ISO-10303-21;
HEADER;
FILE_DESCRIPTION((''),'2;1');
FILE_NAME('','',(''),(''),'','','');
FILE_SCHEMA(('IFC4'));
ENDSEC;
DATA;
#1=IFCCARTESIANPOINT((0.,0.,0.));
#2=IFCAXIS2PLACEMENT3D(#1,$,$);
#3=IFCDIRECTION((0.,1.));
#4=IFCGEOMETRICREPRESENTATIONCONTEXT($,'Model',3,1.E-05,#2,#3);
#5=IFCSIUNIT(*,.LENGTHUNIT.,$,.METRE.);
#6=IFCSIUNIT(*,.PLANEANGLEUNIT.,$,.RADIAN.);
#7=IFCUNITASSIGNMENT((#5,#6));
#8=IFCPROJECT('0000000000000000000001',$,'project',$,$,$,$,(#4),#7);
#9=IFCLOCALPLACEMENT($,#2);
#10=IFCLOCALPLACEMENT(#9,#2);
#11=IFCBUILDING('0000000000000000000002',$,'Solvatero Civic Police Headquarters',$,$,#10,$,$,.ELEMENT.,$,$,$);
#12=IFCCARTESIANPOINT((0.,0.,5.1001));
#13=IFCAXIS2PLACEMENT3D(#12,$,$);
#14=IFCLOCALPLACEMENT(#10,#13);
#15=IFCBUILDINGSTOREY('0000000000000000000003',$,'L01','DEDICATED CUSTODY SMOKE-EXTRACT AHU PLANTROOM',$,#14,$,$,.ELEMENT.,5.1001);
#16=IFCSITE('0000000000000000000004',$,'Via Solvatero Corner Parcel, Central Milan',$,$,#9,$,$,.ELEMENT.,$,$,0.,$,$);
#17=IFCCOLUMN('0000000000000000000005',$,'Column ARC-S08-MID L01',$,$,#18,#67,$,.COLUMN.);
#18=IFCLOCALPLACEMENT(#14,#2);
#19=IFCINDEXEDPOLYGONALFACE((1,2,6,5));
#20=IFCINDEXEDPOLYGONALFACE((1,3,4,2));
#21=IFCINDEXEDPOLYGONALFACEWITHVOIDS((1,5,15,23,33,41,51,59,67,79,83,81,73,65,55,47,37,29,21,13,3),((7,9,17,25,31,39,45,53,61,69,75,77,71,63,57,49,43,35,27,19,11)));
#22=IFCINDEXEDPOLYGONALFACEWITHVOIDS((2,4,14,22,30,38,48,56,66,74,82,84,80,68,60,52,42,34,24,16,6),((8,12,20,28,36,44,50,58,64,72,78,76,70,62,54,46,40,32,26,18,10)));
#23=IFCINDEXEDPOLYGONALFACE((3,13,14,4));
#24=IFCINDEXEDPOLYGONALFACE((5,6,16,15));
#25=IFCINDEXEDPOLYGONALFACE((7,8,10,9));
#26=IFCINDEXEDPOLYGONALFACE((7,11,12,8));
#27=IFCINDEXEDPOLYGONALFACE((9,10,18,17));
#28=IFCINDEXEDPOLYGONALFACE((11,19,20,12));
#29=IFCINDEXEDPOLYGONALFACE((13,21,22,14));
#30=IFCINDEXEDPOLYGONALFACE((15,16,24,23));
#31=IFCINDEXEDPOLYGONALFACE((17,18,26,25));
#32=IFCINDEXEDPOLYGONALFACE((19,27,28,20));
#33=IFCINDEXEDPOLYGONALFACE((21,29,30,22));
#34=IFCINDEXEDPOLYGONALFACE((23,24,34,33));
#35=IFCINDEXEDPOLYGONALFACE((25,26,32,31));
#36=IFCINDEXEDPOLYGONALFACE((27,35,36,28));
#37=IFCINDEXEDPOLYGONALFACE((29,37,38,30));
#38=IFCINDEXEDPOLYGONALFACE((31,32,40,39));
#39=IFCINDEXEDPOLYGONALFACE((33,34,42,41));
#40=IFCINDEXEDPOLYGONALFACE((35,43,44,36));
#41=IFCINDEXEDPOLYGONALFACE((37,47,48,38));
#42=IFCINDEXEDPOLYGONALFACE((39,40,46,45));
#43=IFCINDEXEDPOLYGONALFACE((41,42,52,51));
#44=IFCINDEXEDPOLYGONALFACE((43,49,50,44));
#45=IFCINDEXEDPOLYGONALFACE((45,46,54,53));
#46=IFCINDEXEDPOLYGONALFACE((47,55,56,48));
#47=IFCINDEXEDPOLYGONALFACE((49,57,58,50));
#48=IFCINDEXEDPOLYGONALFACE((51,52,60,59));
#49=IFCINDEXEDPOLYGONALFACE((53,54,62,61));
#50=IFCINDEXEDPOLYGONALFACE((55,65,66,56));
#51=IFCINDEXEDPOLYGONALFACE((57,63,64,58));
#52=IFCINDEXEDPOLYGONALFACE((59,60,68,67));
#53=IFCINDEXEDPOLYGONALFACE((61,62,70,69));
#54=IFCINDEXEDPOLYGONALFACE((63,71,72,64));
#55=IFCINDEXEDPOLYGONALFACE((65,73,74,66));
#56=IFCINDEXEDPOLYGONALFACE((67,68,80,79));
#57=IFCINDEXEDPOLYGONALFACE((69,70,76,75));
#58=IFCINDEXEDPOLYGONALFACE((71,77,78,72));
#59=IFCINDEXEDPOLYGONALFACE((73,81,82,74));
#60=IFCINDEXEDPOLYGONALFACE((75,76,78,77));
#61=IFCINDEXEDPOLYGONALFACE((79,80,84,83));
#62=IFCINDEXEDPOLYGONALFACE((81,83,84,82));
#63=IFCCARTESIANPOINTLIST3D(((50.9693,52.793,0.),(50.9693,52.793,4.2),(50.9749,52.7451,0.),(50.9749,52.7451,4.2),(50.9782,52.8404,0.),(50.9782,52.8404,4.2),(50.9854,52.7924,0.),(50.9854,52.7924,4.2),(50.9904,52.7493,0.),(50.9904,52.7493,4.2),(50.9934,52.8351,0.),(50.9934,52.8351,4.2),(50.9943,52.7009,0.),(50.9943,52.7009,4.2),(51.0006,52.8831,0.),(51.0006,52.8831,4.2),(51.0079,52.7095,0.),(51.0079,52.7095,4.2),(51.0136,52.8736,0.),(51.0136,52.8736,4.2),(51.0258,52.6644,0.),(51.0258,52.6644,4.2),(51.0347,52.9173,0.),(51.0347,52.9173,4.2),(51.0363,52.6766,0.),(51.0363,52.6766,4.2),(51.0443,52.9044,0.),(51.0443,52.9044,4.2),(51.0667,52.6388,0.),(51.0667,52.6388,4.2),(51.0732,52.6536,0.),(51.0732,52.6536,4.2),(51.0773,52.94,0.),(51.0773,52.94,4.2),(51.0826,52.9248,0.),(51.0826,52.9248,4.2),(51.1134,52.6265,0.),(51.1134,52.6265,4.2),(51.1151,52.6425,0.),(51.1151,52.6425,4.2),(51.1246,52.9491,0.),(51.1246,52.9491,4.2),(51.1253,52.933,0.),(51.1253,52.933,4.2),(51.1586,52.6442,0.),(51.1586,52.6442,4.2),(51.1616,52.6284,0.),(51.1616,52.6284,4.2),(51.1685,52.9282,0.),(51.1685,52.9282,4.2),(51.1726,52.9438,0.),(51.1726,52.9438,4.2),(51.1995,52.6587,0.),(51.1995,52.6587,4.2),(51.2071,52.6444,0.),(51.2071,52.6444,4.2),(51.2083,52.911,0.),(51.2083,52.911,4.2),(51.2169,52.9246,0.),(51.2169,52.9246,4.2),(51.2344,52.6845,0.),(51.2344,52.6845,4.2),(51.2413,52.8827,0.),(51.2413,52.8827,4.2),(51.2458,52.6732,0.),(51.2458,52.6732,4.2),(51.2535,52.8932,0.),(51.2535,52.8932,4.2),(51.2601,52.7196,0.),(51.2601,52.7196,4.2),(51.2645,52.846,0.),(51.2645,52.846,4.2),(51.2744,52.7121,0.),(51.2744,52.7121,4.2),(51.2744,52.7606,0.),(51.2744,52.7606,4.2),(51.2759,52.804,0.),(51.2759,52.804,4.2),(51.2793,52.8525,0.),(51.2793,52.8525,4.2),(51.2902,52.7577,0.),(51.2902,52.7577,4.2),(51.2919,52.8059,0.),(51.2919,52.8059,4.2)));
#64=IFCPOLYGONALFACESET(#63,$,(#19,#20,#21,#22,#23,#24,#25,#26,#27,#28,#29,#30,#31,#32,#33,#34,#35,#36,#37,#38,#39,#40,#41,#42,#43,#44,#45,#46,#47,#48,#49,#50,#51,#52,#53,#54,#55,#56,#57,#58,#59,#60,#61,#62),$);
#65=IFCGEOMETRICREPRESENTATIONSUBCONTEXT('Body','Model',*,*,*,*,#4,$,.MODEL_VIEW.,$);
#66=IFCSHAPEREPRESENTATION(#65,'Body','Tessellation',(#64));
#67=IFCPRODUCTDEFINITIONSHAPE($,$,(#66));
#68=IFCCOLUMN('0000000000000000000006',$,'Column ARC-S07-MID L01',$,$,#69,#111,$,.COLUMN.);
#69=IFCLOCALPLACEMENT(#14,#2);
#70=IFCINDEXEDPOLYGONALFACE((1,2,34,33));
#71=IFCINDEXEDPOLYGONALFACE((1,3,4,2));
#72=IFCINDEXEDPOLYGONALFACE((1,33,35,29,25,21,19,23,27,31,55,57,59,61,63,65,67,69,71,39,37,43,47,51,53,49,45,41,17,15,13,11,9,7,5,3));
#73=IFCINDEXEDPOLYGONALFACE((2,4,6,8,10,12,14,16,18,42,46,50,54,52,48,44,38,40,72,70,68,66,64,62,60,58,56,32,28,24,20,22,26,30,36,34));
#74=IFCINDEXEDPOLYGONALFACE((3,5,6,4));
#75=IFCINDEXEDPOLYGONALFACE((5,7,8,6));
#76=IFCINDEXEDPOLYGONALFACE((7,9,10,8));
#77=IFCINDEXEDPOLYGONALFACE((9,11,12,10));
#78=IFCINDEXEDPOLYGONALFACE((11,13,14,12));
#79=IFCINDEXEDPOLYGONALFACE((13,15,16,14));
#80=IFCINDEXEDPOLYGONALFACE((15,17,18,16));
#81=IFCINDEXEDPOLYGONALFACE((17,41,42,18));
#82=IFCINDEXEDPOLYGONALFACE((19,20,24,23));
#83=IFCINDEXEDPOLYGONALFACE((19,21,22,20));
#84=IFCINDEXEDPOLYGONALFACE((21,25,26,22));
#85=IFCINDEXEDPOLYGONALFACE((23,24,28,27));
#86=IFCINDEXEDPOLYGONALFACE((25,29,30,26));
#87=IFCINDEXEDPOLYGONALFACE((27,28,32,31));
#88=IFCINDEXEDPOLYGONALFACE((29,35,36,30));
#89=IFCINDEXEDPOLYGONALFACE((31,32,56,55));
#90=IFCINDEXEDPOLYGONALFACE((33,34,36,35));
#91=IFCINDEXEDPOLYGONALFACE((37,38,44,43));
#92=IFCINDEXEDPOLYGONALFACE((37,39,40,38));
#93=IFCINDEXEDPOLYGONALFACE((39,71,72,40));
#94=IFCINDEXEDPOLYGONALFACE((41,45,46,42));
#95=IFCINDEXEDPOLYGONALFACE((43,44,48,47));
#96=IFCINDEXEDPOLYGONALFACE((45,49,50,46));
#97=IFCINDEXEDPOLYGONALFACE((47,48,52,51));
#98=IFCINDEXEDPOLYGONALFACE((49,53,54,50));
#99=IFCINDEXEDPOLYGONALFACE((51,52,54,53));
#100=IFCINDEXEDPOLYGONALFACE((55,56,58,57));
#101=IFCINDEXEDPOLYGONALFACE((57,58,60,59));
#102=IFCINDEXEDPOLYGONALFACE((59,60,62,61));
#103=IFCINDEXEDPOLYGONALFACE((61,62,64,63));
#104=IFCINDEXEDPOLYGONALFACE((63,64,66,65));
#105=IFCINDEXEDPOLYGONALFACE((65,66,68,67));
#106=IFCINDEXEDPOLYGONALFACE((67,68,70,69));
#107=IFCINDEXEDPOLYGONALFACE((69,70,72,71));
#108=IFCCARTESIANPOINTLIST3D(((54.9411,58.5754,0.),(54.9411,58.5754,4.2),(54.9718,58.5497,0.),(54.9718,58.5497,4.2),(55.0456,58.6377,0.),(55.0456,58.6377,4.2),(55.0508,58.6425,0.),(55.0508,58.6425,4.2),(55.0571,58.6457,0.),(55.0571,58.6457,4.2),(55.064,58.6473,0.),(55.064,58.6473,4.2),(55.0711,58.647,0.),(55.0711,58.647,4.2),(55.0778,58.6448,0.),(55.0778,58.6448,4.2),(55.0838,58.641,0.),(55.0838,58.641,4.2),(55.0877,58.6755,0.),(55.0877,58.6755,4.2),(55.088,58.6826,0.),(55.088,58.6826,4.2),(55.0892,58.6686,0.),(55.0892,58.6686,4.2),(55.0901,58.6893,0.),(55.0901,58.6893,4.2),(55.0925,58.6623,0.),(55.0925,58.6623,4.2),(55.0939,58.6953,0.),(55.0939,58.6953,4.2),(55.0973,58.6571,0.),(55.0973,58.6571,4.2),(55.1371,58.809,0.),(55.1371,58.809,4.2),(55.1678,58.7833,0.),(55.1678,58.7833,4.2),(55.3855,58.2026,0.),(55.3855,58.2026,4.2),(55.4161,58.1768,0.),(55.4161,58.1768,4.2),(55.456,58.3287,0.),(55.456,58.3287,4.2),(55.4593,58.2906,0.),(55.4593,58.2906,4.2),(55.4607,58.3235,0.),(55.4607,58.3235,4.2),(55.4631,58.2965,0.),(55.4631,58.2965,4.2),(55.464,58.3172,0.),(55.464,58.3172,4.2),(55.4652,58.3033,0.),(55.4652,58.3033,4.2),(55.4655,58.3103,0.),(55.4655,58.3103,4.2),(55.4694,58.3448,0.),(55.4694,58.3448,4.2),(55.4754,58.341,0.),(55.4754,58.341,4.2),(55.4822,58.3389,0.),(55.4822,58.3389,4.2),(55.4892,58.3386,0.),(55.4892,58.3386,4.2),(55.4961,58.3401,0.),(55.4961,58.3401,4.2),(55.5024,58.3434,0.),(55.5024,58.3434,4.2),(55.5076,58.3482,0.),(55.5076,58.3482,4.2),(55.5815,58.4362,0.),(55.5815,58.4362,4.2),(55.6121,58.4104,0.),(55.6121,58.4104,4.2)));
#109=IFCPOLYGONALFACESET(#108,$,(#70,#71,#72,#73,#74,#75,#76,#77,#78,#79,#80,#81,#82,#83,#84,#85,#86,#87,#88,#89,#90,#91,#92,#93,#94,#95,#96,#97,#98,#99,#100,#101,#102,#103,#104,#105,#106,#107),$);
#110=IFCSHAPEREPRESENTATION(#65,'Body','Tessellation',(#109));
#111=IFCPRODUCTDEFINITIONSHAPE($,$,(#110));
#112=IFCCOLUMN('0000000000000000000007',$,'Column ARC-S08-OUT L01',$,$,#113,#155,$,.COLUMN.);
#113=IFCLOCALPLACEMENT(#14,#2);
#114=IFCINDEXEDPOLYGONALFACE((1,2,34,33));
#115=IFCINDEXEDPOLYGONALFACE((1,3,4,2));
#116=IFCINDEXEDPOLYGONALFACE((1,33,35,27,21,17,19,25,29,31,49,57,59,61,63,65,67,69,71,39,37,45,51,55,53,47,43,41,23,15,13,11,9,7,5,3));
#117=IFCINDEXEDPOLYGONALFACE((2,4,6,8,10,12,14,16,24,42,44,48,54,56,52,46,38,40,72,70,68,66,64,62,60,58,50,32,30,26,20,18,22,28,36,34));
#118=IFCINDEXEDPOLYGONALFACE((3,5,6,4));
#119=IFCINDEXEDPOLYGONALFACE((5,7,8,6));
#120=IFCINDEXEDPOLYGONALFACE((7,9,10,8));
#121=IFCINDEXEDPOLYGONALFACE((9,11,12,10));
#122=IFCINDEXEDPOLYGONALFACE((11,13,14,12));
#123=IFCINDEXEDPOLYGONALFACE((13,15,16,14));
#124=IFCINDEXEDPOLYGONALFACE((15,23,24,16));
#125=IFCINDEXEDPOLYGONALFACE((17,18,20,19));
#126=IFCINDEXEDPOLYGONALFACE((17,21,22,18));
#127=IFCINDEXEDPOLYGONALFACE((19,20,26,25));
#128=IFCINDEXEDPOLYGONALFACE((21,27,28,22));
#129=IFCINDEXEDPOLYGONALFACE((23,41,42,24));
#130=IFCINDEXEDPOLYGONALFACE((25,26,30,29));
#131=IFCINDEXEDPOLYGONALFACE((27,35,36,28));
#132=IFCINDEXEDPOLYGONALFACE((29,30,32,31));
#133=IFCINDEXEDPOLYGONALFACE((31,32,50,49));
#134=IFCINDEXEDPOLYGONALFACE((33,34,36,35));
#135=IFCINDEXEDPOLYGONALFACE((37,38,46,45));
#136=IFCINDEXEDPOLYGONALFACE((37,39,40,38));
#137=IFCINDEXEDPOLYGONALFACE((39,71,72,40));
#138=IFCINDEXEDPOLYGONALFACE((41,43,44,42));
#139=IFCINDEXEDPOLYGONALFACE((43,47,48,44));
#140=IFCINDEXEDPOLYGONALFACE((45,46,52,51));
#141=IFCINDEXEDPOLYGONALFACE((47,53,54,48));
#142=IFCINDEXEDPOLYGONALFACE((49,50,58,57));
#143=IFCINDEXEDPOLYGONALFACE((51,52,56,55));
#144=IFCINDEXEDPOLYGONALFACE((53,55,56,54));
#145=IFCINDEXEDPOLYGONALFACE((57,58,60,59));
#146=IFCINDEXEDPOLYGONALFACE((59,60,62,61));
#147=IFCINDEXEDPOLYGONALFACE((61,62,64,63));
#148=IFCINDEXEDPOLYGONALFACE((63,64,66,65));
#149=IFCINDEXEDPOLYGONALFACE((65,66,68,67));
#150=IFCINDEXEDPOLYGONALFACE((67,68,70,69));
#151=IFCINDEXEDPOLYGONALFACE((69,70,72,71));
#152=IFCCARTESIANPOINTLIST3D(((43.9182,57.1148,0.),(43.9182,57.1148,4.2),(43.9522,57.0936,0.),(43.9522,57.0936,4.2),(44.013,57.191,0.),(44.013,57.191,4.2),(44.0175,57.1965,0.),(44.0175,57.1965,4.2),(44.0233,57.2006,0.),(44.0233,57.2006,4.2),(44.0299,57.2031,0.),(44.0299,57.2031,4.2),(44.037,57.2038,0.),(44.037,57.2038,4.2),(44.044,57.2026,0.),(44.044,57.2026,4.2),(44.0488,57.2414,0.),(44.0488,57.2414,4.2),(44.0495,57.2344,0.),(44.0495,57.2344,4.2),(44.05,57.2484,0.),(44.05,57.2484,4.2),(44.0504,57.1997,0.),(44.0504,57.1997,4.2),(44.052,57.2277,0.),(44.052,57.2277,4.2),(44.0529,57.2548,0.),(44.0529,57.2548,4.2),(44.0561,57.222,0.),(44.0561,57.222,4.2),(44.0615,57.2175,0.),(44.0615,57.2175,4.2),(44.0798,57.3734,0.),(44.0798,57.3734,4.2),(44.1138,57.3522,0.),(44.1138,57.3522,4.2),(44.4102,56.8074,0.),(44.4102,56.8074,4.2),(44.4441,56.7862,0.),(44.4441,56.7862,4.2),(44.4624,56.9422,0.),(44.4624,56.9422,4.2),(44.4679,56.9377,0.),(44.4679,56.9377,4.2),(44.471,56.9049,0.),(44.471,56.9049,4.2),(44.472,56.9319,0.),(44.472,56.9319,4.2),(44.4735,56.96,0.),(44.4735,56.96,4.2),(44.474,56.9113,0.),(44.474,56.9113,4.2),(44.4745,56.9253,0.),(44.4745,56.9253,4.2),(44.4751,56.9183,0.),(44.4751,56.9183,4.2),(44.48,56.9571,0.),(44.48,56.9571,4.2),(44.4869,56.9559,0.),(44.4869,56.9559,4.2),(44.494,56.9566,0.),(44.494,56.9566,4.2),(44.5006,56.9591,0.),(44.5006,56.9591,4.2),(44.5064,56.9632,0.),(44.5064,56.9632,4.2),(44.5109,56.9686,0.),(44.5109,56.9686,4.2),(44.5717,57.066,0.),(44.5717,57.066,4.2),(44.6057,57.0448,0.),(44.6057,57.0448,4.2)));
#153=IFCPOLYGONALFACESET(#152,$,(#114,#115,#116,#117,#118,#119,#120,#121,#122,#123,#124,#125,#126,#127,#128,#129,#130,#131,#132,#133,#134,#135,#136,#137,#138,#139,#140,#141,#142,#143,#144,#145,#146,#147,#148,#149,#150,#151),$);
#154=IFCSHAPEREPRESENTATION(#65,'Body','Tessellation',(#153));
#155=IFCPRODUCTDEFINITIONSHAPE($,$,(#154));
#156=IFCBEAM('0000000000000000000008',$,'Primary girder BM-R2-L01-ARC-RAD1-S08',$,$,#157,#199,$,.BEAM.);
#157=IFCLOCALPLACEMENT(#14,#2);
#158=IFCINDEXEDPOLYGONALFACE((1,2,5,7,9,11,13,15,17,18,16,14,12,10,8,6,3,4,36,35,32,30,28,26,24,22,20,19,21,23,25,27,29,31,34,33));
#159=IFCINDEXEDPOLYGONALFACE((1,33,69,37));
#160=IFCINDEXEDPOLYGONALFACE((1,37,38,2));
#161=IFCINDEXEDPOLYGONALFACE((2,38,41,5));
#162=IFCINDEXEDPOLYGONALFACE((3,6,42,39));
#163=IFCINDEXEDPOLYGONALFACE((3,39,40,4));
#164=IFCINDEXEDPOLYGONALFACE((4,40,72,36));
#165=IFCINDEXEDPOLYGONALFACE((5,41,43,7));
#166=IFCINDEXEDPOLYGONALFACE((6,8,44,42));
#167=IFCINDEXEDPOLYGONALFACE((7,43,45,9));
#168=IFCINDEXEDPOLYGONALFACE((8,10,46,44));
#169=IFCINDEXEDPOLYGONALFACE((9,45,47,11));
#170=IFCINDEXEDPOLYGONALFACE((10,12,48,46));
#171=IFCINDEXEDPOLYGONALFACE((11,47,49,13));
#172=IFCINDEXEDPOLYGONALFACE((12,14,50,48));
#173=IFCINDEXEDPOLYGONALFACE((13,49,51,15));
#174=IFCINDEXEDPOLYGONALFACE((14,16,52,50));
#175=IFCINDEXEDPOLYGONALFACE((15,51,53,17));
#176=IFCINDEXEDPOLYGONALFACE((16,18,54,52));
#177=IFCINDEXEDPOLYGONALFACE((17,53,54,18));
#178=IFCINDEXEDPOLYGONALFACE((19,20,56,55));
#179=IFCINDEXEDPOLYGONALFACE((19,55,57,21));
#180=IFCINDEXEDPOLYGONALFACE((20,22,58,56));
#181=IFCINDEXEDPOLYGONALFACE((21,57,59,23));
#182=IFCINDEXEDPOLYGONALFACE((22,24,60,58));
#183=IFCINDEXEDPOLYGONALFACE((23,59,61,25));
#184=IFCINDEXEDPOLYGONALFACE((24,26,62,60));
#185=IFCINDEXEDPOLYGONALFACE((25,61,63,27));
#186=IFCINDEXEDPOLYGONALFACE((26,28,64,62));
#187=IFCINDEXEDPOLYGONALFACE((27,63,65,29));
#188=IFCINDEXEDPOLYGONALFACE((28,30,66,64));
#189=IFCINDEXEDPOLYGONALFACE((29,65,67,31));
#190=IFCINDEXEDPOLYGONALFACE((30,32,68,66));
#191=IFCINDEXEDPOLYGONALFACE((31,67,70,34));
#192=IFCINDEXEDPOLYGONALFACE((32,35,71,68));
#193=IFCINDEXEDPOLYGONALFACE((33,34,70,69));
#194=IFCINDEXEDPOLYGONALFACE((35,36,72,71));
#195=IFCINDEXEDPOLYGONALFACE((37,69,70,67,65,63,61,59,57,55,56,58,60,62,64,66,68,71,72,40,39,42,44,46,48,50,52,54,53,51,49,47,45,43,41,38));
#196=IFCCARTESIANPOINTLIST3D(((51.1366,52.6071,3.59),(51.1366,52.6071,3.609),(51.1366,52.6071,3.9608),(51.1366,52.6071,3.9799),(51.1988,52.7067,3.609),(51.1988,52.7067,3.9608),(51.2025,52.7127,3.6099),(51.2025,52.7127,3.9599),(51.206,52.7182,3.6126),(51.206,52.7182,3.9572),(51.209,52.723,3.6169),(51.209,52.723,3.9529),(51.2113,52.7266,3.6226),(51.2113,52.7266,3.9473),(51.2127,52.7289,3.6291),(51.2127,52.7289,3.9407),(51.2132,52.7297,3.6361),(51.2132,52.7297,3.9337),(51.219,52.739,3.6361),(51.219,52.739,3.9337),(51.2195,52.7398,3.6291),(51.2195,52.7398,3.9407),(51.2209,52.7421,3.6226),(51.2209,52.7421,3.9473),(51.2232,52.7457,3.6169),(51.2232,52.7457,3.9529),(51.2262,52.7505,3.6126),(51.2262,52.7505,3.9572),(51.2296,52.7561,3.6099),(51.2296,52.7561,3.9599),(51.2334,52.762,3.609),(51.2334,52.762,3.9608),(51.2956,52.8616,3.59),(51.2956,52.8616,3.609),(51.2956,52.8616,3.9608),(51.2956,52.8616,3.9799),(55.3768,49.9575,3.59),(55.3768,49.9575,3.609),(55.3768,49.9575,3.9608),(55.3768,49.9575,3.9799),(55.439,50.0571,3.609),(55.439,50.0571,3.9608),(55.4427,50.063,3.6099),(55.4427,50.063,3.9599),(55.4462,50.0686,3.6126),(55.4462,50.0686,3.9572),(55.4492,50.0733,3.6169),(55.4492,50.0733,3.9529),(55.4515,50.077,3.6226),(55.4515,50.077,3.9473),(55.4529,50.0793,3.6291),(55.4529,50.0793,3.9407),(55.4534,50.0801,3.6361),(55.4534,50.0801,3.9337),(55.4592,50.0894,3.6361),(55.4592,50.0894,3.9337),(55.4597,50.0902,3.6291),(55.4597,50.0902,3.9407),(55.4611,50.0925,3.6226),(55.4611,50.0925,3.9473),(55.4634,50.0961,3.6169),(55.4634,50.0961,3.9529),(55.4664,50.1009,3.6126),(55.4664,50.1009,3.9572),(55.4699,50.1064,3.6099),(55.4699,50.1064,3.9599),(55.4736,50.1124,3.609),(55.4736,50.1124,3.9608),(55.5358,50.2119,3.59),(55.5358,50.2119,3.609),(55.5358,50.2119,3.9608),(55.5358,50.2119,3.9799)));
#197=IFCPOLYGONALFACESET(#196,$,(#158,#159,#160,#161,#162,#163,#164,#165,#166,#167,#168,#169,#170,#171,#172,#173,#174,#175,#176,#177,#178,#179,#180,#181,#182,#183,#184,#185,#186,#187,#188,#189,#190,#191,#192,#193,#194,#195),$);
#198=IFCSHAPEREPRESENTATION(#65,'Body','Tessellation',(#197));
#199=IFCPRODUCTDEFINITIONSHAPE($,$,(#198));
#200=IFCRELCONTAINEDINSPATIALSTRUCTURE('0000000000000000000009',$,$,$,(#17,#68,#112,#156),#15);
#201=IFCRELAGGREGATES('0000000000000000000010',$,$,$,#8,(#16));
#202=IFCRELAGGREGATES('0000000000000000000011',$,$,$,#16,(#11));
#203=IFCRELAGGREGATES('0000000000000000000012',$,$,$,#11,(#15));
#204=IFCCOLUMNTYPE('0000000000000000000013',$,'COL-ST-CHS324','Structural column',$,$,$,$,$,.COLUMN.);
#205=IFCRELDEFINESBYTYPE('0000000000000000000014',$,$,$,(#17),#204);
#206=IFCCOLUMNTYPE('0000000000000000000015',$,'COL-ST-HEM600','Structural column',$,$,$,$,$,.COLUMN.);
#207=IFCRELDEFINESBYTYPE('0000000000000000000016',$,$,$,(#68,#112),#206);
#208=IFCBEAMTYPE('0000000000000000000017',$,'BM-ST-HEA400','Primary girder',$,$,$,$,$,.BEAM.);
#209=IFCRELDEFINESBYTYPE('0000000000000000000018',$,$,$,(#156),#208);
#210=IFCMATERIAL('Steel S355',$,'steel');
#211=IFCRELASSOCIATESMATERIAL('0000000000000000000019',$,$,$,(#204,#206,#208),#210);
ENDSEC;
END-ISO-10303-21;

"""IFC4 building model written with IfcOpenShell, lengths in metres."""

from ifc_helpers import new_model, si_unit, direction, frame, origin, origin_2d, place, context, subcontext, project, spatial, hollow_circle, i_section, extrude, material, material_profile, profile_set, type_object, element, save


model = new_model("IFC4")

# Units and contexts
model_context = context("Model", 3, precision=1e-05, world=origin(), true_north=direction((0.0, 1.0)))
body_context = subcontext(model_context, "Body", "Model", "MODEL_VIEW")
ifc_project = project(units=[si_unit("LENGTHUNIT", "METRE"), si_unit("PLANEANGLEUNIT", "RADIAN")], contexts=[model_context])

# Site, building, storey
site_placement = place(None, origin())
site = spatial("IfcSite", under=ifc_project, at=site_placement, Name="Via Solvatero Corner Parcel, Central Milan", CompositionType="ELEMENT", RefElevation=0.0)
building_placement = place(site_placement, origin())
building = spatial("IfcBuilding", under=site, at=building_placement, Name="Solvatero Civic Police Headquarters", CompositionType="ELEMENT")
storey_placement = place(building_placement, frame((0.0, 0.0, 5.1001)))
storey = spatial("IfcBuildingStorey", under=building, at=storey_placement, Name="L01", Description="DEDICATED CUSTODY SMOKE-EXTRACT AHU PLANTROOM", CompositionType="ELEMENT", Elevation=5.1001)

# Columns
ifc_material_1 = material(Name="Steel S355", Category="steel")
ifc_material_profile_1 = material_profile(ifc_material_1, hollow_circle(Radius=0.1619, WallThickness=0.0161, at=origin_2d()), Name="CHS 323.9x16.0")
ifc_profile_set_1 = profile_set([ifc_material_profile_1], Name="Steel S355")
column_type_1 = type_object("IfcColumnType", Name="COL-ST-CHS324", Description="Structural column", PredefinedType="COLUMN", material=ifc_profile_set_1)
column_placement = place(storey_placement, frame((51.1311, 52.7874, 0.0), z_axis=(0.0, 0.0, 1.0), x_axis=(0.529919, 0.848048, 0.0)))
element("IfcColumn", 1, at=column_placement, inside=storey, type_object=column_type_1, Name="Column ARC-S08-MID L01", PredefinedType="COLUMN", context=body_context, shape_type="SweptSolid", body=[
    extrude(hollow_circle(Radius=0.1619, WallThickness=0.0161, at=origin_2d()), origin(), (0.0, 0.0, 1.0), 4.2),
])
ifc_material_profile_2 = material_profile(ifc_material_1, i_section(OverallWidth=0.3049, OverallDepth=0.6201, WebThickness=0.021, FlangeThickness=0.04, FilletRadius=0.0271, at=origin_2d()), Name="HEM 600")
ifc_profile_set_2 = profile_set([ifc_material_profile_2], Name="Steel S355")
column_type_2 = type_object("IfcColumnType", Name="COL-ST-HEM600", Description="Structural column", PredefinedType="COLUMN", material=ifc_profile_set_2)
for number, where, z_axis, x_axis, name in (
    (2, (55.2766, 58.4929, 0.0), (0.0, 0.0, 1.0), (0.642788, 0.766044, 0.0), "Column ARC-S07-MID L01"),
    (3, (44.262, 57.0798, 0.0), (0.0, 0.0, 1.0), (0.529919, 0.848048, 0.0), "Column ARC-S08-OUT L01"),
):
    element("IfcColumn", number, at=place(storey_placement, frame(where, z_axis=z_axis, x_axis=x_axis)), inside=storey, type_object=column_type_2, Name=name, PredefinedType="COLUMN", context=body_context, shape_type="SweptSolid", body=[
        extrude(i_section(OverallWidth=0.3049, OverallDepth=0.6201, WebThickness=0.021, FlangeThickness=0.04, FilletRadius=0.0271, at=origin_2d()), origin(), (0.0, 0.0, 1.0), 4.2),
    ])

# Beam
ifc_material_profile_3 = material_profile(ifc_material_1, i_section(OverallWidth=0.3, OverallDepth=0.3899, WebThickness=0.011, FlangeThickness=0.019, FilletRadius=0.0271, at=origin_2d()), Name="HEA 400")
ifc_profile_set_3 = profile_set([ifc_material_profile_3], Name="Steel S355")
beam_type_1 = type_object("IfcBeamType", Name="BM-ST-HEA400", Description="Primary girder", PredefinedType="BEAM", material=ifc_profile_set_3)
beam_1_placement = place(storey_placement, frame((55.4563, 50.0847, 3.7849), z_axis=(-0.848042, 0.529929, 0.0), x_axis=(-0.529929, -0.848042, 0.0)))
element("IfcBeam", 4, at=beam_1_placement, inside=storey, type_object=beam_type_1, Name="Primary girder BM-R2-L01-ARC-RAD1-S08", PredefinedType="BEAM", context=body_context, shape_type="SweptSolid", body=[
    extrude(i_section(OverallWidth=0.3, OverallDepth=0.3899, WebThickness=0.011, FlangeThickness=0.019, FilletRadius=0.0271, at=origin_2d()), origin(), (0.0, 0.0, 1.0), 5.0),
])

save(model, "model.ifc")
